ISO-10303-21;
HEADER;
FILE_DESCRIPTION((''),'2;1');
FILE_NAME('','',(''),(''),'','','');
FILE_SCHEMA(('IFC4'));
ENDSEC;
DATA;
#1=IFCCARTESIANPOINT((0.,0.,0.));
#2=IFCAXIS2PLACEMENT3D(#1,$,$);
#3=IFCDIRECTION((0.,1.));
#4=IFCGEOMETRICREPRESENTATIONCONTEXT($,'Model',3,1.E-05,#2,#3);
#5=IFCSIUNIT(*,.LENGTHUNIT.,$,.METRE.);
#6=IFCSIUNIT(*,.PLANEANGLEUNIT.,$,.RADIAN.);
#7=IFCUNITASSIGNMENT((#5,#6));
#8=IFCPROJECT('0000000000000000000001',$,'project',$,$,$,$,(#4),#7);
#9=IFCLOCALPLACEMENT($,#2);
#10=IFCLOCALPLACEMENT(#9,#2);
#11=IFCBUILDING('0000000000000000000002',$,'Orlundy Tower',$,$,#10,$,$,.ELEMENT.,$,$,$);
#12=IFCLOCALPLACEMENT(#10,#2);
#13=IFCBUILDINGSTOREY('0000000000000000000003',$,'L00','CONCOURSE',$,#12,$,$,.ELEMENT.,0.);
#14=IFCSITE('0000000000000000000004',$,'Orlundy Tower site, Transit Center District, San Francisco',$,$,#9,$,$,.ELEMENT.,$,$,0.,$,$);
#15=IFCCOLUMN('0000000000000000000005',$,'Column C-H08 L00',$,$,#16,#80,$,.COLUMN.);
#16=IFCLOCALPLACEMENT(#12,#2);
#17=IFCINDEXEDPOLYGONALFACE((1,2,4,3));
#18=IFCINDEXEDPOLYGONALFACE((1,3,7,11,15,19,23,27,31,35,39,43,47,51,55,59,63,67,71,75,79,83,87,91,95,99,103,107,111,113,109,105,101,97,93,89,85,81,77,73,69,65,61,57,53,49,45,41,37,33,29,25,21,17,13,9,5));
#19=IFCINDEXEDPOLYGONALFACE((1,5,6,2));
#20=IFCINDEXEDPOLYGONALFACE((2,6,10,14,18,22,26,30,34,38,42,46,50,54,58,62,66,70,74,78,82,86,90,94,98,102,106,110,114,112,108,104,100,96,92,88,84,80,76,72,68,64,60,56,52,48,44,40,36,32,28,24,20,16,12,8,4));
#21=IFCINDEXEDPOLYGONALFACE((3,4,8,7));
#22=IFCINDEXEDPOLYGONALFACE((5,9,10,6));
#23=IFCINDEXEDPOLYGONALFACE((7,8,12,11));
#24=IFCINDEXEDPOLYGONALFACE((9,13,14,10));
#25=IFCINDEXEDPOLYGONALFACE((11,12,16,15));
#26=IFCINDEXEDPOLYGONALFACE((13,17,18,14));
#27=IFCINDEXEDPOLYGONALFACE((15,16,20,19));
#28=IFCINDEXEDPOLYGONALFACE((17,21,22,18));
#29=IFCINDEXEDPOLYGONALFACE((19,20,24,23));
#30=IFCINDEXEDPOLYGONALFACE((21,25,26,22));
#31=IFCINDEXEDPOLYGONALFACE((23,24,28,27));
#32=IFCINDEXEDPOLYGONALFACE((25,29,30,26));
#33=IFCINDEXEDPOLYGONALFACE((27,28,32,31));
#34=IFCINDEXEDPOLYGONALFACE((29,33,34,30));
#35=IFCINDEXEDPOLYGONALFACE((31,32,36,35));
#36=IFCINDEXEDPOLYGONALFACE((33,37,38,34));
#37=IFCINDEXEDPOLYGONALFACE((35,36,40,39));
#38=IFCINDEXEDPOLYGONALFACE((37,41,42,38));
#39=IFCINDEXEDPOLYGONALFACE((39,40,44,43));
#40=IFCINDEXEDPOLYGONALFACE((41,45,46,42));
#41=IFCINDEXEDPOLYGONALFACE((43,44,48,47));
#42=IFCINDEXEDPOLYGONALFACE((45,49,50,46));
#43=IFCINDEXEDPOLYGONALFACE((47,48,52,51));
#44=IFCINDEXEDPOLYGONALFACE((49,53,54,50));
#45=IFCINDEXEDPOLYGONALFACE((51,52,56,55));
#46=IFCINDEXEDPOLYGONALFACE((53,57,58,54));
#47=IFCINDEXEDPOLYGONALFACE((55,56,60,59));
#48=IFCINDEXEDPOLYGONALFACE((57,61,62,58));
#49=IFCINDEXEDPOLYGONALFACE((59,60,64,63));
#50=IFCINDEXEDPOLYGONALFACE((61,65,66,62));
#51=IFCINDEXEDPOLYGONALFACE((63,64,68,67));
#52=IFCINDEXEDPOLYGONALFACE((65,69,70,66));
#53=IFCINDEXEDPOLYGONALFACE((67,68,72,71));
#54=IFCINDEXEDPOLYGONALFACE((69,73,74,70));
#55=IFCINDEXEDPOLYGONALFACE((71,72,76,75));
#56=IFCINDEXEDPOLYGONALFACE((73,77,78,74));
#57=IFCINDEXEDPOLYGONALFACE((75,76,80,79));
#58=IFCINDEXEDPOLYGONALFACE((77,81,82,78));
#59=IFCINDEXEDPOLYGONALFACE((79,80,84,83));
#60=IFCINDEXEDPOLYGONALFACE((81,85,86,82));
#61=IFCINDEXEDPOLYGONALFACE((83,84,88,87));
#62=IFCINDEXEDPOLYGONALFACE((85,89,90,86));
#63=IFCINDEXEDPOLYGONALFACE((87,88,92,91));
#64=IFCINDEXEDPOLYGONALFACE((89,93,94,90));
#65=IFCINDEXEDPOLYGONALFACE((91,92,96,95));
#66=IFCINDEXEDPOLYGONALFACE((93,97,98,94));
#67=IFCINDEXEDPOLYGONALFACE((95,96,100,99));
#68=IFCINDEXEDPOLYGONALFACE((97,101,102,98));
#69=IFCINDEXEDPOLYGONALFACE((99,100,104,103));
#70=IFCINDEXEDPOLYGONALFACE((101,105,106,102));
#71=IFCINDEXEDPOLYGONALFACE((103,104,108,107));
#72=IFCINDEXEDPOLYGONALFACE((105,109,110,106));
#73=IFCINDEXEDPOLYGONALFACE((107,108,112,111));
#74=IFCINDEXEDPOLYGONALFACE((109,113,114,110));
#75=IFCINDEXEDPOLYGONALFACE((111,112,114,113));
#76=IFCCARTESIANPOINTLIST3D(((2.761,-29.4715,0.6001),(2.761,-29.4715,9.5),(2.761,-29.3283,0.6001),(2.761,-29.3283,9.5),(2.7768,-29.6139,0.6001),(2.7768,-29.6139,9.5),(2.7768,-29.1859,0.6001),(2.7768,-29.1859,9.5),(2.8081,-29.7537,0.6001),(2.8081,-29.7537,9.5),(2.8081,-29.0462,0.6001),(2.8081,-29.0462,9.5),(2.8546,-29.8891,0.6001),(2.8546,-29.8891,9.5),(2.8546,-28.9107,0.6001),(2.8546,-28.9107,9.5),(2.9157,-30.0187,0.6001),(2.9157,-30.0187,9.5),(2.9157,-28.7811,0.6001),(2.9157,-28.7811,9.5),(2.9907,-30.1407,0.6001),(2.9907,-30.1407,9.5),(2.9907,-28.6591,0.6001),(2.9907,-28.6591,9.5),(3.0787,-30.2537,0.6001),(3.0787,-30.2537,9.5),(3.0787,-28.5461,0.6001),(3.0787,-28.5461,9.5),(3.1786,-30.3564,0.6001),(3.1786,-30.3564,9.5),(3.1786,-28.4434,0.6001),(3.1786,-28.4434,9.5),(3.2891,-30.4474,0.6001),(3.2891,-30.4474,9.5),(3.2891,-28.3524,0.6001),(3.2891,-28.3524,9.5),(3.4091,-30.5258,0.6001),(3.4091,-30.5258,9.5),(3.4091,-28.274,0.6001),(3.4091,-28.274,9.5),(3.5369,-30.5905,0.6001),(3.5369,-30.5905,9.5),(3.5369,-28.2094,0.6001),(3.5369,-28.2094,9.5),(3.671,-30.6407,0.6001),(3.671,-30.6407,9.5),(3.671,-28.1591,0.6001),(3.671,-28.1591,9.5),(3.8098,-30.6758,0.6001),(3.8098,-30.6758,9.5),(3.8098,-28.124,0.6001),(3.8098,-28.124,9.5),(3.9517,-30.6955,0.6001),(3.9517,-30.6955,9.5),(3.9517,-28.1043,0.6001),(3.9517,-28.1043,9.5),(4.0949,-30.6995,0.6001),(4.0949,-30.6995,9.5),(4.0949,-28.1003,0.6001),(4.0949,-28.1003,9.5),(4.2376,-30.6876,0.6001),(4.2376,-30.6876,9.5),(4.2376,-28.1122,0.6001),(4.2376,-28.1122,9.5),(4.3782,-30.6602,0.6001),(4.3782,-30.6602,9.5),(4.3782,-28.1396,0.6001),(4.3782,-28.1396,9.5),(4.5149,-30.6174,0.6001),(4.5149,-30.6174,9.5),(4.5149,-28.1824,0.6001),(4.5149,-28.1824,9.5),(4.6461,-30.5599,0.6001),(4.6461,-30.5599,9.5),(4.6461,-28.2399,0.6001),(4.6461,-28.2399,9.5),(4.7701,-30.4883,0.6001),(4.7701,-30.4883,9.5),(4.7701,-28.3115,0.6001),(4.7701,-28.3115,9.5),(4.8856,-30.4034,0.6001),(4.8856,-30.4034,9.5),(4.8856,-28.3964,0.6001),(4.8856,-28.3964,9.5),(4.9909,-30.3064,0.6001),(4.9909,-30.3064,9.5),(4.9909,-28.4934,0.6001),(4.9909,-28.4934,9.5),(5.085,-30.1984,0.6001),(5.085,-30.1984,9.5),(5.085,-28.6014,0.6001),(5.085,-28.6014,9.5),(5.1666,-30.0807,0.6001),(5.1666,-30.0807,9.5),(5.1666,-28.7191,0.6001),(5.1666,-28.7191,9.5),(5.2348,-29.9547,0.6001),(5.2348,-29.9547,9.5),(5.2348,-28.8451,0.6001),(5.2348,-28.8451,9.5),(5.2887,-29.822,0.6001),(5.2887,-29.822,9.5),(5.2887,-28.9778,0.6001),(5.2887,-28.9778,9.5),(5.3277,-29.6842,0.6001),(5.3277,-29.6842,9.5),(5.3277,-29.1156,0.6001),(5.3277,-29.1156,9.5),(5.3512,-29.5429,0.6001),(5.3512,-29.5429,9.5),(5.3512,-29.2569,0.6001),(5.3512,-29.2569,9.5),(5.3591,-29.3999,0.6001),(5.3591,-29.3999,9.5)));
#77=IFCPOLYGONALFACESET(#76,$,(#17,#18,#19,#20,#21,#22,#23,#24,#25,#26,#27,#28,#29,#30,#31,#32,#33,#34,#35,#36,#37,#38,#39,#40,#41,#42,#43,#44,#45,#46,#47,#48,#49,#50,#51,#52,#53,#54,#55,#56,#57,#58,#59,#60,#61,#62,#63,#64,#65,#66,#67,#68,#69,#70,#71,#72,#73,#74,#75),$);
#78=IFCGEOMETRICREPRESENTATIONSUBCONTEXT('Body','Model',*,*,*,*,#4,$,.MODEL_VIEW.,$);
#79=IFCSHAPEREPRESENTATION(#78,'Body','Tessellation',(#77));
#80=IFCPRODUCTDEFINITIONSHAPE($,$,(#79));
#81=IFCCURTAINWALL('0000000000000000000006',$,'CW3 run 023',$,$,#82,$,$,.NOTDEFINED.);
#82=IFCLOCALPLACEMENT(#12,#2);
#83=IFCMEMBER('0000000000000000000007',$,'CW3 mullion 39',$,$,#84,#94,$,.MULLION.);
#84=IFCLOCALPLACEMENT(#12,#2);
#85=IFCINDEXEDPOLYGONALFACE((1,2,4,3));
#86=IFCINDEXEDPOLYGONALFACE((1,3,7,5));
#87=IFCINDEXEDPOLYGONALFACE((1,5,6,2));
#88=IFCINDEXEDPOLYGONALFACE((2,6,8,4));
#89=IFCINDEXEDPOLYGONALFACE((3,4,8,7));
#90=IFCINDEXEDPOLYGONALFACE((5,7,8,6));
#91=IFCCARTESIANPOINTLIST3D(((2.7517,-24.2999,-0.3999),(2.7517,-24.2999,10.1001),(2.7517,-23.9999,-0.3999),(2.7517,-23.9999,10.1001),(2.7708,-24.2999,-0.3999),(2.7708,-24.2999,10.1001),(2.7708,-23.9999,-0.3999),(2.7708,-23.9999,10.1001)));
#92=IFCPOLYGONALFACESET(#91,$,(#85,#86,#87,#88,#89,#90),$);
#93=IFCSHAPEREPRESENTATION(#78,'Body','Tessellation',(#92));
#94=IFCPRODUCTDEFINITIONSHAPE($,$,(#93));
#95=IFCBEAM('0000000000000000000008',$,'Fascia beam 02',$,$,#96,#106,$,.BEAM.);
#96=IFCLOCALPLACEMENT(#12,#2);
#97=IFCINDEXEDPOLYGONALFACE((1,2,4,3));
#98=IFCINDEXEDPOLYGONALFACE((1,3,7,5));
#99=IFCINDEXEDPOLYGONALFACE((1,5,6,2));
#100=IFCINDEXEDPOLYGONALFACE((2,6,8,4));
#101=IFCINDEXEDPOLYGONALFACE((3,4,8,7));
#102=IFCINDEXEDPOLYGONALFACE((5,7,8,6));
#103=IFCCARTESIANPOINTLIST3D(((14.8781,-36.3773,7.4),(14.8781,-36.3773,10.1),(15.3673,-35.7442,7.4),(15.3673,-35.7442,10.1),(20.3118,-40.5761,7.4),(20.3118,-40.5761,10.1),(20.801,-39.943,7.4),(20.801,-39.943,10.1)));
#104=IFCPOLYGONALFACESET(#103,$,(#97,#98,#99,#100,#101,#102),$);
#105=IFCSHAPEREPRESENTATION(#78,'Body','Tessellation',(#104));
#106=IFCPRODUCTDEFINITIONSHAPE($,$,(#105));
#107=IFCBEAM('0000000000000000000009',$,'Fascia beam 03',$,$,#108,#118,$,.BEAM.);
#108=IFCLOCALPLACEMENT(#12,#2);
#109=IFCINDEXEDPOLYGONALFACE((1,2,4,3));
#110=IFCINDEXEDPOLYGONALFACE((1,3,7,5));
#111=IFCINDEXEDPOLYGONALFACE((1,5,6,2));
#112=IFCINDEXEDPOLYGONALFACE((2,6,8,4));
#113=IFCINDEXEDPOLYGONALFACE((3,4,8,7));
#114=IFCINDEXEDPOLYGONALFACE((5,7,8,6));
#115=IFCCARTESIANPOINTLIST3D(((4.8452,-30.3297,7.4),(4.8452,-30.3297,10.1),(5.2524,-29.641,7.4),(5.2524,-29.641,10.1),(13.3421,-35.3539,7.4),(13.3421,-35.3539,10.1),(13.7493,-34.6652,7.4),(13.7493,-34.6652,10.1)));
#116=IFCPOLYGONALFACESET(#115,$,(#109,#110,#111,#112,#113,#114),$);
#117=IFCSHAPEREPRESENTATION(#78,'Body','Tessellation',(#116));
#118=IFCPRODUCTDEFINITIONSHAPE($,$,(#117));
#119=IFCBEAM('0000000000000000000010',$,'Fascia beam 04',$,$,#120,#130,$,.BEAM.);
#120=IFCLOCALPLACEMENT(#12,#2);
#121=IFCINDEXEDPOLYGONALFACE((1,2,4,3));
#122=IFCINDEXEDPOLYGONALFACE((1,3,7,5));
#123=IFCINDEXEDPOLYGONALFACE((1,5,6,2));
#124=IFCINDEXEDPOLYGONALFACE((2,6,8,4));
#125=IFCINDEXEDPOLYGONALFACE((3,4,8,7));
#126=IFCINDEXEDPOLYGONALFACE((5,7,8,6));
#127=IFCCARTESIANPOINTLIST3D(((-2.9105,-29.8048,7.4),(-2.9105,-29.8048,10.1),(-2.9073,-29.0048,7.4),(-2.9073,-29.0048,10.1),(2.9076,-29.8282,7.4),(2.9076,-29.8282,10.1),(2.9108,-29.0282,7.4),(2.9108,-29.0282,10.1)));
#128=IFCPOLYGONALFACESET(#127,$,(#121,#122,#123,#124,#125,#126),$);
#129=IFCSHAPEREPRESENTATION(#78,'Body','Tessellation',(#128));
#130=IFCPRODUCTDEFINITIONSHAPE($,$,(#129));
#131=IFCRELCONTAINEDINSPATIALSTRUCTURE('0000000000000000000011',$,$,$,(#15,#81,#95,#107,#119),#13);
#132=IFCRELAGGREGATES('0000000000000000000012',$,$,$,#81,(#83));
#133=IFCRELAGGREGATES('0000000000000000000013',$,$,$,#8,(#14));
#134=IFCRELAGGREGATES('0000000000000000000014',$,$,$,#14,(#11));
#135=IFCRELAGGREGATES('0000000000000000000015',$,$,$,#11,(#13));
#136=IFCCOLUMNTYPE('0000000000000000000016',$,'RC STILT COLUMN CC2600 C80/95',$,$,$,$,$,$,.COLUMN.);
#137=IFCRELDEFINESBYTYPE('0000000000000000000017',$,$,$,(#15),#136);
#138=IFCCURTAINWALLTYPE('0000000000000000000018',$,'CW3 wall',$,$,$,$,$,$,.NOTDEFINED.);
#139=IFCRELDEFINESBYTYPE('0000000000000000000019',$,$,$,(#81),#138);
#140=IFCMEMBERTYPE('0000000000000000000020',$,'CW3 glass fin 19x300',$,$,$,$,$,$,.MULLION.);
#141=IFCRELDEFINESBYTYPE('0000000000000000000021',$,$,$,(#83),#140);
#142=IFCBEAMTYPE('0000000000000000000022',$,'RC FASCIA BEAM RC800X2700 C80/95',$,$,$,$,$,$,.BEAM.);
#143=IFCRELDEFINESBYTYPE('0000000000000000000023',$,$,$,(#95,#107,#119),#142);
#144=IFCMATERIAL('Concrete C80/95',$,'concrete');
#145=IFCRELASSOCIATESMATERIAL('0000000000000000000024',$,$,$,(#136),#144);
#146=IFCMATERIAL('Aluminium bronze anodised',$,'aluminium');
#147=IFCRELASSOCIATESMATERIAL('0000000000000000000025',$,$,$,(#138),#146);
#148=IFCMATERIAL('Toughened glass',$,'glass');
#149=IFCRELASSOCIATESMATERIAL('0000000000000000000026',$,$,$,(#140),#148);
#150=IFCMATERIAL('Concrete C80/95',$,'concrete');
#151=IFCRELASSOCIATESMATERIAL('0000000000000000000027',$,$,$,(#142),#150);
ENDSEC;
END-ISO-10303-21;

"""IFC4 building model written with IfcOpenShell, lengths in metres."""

from ifc_helpers import new_model, si_unit, direction, frame, origin, origin_2d, place, context, subcontext, project, spatial, rectangle, circle, extrude, material, material_profile, profile_set, type_object, element, aggregate, save


model = new_model("IFC4")

# Units and contexts
model_context = context("Model", 3, precision=1e-05, world=origin(), true_north=direction((0.0, 1.0)))
body_context = subcontext(model_context, "Body", "Model", "MODEL_VIEW")
ifc_project = project(units=[si_unit("LENGTHUNIT", "METRE"), si_unit("PLANEANGLEUNIT", "RADIAN")], contexts=[model_context])

# Site, building, storey
site_placement = place(None, origin())
site = spatial("IfcSite", under=ifc_project, at=site_placement, Name="Orlundy Tower site, Transit Center District, San Francisco", CompositionType="ELEMENT", RefElevation=0.0)
building_placement = place(site_placement, origin())
building = spatial("IfcBuilding", under=site, at=building_placement, Name="Orlundy Tower", CompositionType="ELEMENT")
storey_placement = place(building_placement, origin())
storey = spatial("IfcBuildingStorey", under=building, at=storey_placement, Name="L00", Description="CONCOURSE", CompositionType="ELEMENT", Elevation=0.0)

# Column
ifc_material_1 = material(Name="Concrete C80/95", Category="concrete")
ifc_material_profile_1 = material_profile(ifc_material_1, circle(Radius=1.3, at=origin_2d()), Name="CC2600")
ifc_profile_set_1 = profile_set([ifc_material_profile_1], Name="Concrete C80/95")
column_type_1 = type_object("IfcColumnType", Name="RC STILT COLUMN CC2600 C80/95", PredefinedType="COLUMN", material=ifc_profile_set_1)
for number, where, z_axis, x_axis, name in (
    (1, (4.0591, -29.3999, 0.6001), (0.0, 0.0, 1.0), (1.0, 0.0, 0.0), "Column C-H08 L00"),
):
    element("IfcColumn", number, at=place(storey_placement, frame(where, z_axis=z_axis, x_axis=x_axis)), inside=storey, type_object=column_type_1, Name=name, PredefinedType="COLUMN", context=body_context, shape_type="SweptSolid", body=[
        extrude(circle(Radius=1.3, at=origin_2d()), origin(), (0.0, 0.0, 1.0), 8.8999),
    ])

# Curtain wall, member
ifc_material_2 = material(Name="Aluminium bronze anodised", Category="aluminium")
curtain_wall_type = type_object("IfcCurtainWallType", Name="CW3 wall", PredefinedType="NOTDEFINED", material=ifc_material_2)
curtain_wall_placement = place(storey_placement, origin())
curtain_wall = element("IfcCurtainWall", 2, at=curtain_wall_placement, inside=storey, type_object=curtain_wall_type, Name="CW3 run 023", PredefinedType="NOTDEFINED")
ifc_material_3 = material(Name="Toughened glass", Category="glass")
ifc_material_profile_2 = material_profile(ifc_material_3, rectangle(XDim=0.3, YDim=0.019, at=origin_2d()), Name="CW3 glass fin 19x300")
ifc_profile_set_2 = profile_set([ifc_material_profile_2], Name="Toughened glass")
member_type = type_object("IfcMemberType", Name="CW3 glass fin 19x300", PredefinedType="MULLION", material=ifc_profile_set_2)
member_placement = place(storey_placement, frame((2.7612, -24.1499, -0.3999), z_axis=(0.0, 0.0, 1.0), x_axis=(0.0, -1.0, 0.0)))
member = element("IfcMember", 3, at=member_placement, type_object=member_type, Name="CW3 mullion 39", PredefinedType="MULLION", context=body_context, shape_type="SweptSolid", body=[
    extrude(rectangle(XDim=0.3, YDim=0.019, at=origin_2d()), origin(), (0.0, 0.0, 1.0), 10.5),
])
aggregate(curtain_wall, [member])

# Beams
ifc_material_4 = material(Name="Concrete C80/95", Category="concrete")
ifc_material_profile_3 = material_profile(ifc_material_4, rectangle(XDim=0.8, YDim=2.7, at=origin_2d()), Name="RC800X2700")
ifc_profile_set_3 = profile_set([ifc_material_profile_3], Name="Concrete C80/95")
beam_type = type_object("IfcBeamType", Name="RC FASCIA BEAM RC800X2700 C80/95", PredefinedType="BEAM", material=ifc_profile_set_3)
beam_1_placement = place(storey_placement, frame((20.5564, -40.2595, 8.75), z_axis=(-0.791282, 0.611452, 0.0), x_axis=(-0.611452, -0.791282, 0.0)))
element("IfcBeam", 4, at=beam_1_placement, inside=storey, type_object=beam_type, Name="Fascia beam 02", PredefinedType="BEAM", context=body_context, shape_type="SweptSolid", body=[
    extrude(rectangle(XDim=0.8, YDim=2.7, at=origin_2d()), origin(), (0.0, 0.0, 1.0), 6.8669),
])
beam_2_placement = place(storey_placement, frame((13.5457, -35.0095, 8.75), z_axis=(-0.860779, 0.508978, 0.0), x_axis=(-0.508978, -0.860779, 0.0)))
element("IfcBeam", 5, at=beam_2_placement, inside=storey, type_object=beam_type, Name="Fascia beam 03", PredefinedType="BEAM", context=body_context, shape_type="SweptSolid", body=[
    extrude(rectangle(XDim=0.8, YDim=2.7, at=origin_2d()), origin(), (0.0, 0.0, 1.0), 9.8711),
])
beam_3_placement = place(storey_placement, frame((2.9092, -29.4282, 8.75), z_axis=(-0.999992, 0.004028, 0.0), x_axis=(-0.004028, -0.999992, 0.0)))
element("IfcBeam", 6, at=beam_3_placement, inside=storey, type_object=beam_type, Name="Fascia beam 04", PredefinedType="BEAM", context=body_context, shape_type="SweptSolid", body=[
    extrude(rectangle(XDim=0.8, YDim=2.7, at=origin_2d()), origin(), (0.0, 0.0, 1.0), 5.8181),
])

save(model, "model.ifc")
